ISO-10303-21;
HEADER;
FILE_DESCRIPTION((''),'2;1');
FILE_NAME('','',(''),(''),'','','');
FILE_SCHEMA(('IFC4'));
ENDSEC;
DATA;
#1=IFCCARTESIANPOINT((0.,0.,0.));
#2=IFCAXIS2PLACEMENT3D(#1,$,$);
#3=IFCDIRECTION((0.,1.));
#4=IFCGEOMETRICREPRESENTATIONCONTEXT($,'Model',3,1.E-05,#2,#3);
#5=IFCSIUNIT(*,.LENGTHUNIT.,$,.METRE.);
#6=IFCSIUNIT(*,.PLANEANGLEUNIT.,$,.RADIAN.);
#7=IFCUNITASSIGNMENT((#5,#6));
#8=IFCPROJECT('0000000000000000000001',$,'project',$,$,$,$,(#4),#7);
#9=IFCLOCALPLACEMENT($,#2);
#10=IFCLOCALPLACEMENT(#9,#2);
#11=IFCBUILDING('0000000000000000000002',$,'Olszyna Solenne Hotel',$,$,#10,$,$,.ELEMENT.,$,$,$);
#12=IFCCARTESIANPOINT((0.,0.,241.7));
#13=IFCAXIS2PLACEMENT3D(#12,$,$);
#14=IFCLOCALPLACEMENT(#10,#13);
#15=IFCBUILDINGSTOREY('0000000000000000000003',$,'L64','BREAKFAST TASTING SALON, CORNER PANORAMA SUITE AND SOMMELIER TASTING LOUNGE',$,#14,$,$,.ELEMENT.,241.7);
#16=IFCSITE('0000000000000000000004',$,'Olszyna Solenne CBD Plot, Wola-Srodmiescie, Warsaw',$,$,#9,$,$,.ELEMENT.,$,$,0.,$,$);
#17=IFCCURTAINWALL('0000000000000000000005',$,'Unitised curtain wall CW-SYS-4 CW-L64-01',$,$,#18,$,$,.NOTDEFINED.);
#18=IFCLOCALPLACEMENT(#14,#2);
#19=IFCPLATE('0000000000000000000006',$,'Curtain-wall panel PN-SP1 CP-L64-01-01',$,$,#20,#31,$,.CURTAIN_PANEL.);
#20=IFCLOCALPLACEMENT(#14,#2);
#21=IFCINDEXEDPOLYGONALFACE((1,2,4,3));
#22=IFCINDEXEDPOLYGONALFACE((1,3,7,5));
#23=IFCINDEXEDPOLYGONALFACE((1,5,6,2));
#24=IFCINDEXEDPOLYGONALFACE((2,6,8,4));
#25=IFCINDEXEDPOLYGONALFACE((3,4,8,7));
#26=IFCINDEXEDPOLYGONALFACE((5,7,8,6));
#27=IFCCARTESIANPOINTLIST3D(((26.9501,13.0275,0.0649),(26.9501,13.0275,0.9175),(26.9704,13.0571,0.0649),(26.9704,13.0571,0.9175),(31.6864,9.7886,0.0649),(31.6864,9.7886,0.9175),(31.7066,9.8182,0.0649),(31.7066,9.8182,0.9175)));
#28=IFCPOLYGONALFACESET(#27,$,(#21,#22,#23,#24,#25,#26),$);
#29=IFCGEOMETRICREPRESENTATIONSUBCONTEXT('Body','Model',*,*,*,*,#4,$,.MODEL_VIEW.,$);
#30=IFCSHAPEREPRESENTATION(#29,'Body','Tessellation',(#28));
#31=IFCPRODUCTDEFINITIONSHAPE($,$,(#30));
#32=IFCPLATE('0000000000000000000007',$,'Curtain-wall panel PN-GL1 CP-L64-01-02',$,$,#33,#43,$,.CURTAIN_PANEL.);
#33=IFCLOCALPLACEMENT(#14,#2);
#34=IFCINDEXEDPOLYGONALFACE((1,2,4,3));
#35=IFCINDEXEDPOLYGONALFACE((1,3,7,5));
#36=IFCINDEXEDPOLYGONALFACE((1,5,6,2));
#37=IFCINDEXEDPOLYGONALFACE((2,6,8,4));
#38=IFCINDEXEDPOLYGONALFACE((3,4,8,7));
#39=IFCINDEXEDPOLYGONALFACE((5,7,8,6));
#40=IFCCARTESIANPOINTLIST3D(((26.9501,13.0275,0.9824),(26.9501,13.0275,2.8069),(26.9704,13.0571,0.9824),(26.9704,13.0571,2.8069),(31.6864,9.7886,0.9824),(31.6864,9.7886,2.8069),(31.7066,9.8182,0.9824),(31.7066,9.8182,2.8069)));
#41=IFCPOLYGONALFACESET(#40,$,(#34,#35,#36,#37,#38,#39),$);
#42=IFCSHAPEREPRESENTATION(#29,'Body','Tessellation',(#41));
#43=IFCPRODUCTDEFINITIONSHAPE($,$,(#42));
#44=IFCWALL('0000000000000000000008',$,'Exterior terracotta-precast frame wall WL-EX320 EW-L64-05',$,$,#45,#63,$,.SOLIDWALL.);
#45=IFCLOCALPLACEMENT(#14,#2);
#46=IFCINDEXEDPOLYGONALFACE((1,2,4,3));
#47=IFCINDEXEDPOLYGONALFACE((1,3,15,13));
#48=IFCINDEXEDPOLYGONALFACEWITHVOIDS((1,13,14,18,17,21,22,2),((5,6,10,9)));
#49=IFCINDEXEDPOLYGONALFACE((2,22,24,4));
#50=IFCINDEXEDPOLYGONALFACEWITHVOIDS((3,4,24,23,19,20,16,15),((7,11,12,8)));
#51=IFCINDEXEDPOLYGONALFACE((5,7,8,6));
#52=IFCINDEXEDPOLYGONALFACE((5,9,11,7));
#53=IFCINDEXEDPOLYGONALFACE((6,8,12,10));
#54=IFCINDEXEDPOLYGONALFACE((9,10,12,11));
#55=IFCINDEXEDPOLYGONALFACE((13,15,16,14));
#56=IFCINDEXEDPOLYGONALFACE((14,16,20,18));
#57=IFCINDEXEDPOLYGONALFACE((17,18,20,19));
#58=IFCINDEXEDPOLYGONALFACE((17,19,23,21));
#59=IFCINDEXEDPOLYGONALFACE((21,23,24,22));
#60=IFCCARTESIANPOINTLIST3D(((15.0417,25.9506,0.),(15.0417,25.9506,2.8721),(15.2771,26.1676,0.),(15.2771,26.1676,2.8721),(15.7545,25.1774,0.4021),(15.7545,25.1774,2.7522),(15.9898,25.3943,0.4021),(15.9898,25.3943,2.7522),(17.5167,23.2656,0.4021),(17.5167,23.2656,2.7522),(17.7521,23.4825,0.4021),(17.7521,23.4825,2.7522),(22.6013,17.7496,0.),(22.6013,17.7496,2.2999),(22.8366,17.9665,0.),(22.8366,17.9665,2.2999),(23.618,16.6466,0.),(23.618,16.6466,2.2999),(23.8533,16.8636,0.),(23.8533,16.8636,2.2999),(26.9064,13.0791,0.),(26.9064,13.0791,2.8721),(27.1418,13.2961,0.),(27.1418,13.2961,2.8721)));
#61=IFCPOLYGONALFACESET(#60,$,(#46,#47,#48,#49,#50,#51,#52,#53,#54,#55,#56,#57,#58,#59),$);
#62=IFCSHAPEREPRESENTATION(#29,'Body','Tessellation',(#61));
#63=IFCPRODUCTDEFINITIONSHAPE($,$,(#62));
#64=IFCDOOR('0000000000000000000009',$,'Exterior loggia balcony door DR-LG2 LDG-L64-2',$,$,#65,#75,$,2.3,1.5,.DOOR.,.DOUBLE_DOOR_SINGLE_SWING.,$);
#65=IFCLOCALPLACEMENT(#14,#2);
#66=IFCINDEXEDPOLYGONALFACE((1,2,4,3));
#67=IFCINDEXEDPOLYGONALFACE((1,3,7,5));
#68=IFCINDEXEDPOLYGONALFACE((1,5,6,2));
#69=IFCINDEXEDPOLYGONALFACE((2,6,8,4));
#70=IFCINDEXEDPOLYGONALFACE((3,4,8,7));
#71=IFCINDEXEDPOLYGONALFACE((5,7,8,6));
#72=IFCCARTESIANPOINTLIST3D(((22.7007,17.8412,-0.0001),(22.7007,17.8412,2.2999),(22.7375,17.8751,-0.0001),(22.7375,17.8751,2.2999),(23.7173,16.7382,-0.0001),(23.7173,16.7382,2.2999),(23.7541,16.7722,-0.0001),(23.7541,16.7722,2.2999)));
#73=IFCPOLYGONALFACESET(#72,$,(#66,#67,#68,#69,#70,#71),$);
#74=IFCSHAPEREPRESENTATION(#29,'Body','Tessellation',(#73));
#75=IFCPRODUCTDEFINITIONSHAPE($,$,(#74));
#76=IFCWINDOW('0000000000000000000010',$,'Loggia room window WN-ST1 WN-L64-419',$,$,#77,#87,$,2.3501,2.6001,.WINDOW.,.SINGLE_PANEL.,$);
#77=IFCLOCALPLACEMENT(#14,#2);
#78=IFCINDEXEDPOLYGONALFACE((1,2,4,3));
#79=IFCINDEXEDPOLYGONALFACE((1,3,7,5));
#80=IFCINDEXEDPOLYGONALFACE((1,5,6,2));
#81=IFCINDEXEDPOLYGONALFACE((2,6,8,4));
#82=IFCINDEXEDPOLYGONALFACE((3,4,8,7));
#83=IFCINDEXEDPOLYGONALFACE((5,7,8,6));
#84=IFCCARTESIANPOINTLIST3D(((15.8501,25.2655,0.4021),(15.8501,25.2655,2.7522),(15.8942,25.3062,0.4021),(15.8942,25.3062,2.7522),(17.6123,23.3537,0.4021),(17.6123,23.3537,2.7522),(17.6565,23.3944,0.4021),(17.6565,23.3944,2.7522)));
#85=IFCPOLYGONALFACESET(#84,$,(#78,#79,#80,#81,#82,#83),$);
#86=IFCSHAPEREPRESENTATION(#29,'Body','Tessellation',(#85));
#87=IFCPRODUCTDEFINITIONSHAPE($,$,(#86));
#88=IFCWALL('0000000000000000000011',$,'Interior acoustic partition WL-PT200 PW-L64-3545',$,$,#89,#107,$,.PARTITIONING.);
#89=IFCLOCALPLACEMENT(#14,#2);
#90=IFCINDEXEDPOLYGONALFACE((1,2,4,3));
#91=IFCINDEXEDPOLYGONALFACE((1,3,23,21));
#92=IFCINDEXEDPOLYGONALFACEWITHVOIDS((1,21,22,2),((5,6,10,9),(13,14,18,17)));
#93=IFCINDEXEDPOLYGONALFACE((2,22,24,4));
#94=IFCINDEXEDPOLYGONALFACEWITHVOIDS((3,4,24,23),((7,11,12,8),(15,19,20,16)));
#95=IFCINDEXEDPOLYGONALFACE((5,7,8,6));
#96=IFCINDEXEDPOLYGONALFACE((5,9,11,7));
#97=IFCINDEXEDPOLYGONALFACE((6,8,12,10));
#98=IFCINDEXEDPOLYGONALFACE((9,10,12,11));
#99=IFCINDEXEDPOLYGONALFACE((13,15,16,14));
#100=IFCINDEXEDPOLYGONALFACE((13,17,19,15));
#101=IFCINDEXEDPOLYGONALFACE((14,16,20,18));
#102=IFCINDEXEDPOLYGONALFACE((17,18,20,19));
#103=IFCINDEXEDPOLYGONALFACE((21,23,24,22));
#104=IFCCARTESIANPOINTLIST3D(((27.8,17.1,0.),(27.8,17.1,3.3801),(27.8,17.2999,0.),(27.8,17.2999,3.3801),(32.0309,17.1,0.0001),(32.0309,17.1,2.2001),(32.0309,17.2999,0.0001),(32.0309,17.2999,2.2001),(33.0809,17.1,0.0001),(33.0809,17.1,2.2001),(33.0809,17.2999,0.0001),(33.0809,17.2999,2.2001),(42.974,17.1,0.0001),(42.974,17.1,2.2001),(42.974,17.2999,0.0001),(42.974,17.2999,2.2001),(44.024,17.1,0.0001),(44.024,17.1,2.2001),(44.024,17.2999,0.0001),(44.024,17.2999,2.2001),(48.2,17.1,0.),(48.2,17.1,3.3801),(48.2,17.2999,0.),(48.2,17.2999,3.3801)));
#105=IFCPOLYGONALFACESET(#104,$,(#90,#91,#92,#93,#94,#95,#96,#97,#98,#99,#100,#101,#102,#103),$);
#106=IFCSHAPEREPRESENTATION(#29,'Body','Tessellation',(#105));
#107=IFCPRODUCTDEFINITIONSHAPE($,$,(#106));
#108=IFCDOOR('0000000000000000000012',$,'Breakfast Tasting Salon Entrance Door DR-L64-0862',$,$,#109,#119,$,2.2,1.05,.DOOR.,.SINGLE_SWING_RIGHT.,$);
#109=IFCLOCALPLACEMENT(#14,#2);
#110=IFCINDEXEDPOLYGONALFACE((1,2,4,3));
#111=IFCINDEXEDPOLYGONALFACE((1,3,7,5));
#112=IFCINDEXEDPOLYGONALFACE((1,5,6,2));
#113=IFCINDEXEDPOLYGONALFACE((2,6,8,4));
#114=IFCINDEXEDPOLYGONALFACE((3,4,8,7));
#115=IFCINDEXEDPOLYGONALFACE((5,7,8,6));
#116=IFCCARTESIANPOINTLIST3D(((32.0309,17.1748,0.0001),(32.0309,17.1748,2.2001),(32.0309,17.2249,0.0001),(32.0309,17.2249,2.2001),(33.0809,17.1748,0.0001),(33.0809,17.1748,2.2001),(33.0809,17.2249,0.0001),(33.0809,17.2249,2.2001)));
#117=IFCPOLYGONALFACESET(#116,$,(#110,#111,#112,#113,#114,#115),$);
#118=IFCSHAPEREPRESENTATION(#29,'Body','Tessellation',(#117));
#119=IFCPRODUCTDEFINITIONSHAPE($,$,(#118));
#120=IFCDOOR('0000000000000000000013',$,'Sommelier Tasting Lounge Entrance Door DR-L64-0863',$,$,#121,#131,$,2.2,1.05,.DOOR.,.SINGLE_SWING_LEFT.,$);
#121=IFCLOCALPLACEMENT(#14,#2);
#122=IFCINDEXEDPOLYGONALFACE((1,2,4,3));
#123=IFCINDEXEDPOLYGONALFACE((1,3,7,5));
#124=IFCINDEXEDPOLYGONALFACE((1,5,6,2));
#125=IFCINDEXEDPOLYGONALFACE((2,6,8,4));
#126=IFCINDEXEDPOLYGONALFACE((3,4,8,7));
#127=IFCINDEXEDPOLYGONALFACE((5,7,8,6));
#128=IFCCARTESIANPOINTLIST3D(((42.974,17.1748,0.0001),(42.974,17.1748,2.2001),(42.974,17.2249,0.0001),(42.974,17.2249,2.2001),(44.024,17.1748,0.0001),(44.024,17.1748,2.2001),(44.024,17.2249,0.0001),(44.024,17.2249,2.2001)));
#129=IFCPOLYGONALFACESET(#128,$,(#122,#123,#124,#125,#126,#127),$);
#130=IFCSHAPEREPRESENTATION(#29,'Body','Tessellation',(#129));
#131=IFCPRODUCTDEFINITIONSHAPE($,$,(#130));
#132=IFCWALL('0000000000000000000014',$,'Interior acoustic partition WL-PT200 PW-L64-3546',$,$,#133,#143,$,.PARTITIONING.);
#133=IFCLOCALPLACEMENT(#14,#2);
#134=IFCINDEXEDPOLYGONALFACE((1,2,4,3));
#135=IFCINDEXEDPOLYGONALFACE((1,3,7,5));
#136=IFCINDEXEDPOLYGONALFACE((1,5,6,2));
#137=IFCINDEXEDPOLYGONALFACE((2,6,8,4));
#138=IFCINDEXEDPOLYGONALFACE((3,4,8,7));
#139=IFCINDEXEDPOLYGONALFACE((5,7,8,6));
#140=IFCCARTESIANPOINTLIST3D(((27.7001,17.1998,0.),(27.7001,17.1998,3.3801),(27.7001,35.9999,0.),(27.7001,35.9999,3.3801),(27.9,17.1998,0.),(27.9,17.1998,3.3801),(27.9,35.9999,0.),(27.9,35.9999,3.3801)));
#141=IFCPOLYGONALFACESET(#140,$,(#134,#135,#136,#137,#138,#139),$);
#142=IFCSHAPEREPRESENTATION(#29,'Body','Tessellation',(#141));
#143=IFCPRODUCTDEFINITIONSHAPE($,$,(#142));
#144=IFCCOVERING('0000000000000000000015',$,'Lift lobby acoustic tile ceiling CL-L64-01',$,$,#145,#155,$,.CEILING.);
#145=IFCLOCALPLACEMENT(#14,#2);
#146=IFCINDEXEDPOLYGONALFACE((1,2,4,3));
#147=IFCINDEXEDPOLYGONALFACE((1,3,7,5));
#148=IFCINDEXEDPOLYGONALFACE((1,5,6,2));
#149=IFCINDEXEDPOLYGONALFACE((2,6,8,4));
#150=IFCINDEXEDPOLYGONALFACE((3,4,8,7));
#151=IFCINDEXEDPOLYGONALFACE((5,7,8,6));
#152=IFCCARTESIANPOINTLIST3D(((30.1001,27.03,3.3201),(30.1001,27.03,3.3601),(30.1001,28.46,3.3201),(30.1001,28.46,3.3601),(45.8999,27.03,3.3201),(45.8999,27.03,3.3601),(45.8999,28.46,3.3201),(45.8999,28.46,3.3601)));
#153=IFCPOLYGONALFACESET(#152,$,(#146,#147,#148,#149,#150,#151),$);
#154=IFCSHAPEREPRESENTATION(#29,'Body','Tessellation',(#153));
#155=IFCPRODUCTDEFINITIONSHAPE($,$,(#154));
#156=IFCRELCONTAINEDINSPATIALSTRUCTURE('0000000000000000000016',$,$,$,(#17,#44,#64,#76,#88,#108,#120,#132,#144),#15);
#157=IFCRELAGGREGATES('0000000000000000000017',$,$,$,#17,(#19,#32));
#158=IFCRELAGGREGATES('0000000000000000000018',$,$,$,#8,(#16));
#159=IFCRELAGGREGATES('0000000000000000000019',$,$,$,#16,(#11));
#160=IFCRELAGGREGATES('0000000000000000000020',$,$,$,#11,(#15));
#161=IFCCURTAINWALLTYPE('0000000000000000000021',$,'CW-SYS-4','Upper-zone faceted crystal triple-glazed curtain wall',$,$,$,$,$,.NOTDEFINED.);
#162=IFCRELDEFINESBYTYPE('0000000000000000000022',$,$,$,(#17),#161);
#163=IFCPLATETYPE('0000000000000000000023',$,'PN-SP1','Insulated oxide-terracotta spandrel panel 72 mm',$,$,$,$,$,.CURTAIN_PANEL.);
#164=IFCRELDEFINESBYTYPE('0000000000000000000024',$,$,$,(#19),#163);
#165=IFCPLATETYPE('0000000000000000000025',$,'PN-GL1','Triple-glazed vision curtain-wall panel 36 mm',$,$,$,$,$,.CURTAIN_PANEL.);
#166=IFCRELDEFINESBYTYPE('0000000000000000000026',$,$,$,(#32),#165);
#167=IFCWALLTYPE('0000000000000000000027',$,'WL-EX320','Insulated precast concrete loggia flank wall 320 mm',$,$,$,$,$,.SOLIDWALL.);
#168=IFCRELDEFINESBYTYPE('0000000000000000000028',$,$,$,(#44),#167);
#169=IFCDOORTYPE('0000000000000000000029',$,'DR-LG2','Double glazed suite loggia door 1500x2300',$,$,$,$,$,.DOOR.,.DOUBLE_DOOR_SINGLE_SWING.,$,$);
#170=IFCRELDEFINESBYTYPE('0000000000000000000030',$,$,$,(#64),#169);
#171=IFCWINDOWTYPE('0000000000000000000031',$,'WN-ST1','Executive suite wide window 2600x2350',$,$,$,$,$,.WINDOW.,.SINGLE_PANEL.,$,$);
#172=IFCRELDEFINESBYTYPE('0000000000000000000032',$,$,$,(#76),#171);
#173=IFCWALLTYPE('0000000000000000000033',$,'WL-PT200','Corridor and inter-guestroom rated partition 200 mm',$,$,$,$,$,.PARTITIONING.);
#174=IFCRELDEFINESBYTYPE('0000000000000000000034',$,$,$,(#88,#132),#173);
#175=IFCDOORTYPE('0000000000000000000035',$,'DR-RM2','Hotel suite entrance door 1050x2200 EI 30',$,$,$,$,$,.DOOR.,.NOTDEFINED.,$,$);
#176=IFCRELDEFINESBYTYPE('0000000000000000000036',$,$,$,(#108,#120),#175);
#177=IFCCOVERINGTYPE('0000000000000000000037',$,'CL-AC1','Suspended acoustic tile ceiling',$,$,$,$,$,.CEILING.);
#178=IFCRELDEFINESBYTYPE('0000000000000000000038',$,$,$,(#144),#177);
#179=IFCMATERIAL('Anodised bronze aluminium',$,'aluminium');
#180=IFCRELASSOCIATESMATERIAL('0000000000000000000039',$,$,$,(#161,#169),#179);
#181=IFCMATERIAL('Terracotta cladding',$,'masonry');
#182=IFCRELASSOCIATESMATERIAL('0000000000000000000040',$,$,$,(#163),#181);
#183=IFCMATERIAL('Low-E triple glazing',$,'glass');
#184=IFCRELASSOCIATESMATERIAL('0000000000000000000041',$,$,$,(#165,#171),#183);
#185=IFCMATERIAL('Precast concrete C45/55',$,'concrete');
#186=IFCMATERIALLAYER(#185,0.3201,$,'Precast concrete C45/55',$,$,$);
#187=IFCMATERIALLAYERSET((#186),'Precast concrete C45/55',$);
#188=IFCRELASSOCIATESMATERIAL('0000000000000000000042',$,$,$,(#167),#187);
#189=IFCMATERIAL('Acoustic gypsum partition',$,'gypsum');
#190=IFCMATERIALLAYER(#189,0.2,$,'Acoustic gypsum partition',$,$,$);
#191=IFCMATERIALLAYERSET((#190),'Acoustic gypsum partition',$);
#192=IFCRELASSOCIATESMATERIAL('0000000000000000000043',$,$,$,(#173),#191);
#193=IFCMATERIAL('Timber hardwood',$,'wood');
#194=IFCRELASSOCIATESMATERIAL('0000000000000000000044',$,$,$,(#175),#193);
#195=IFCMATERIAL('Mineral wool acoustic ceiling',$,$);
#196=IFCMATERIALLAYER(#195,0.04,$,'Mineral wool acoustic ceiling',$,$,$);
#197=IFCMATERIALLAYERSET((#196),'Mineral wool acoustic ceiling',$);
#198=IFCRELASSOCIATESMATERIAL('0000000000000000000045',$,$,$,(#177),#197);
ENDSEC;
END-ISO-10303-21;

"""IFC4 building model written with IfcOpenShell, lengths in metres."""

from ifc_helpers import new_model, si_unit, direction, frame, frame_2d, origin, origin_2d, place, context, subcontext, project, spatial, polyline, rectangle, outline, extrude, source, transform, mapped, material, layer, layer_set, type_object, type_shapes, element, fill, aggregate, save


model = new_model("IFC4")

# Units and contexts
model_context = context("Model", 3, precision=1e-05, world=origin(), true_north=direction((0.0, 1.0)))
body_context = subcontext(model_context, "Body", "Model", "MODEL_VIEW")
ifc_project = project(units=[si_unit("LENGTHUNIT", "METRE"), si_unit("PLANEANGLEUNIT", "RADIAN")], contexts=[model_context])

# Site, building, storey
site_placement = place(None, origin())
site = spatial("IfcSite", under=ifc_project, at=site_placement, Name="Olszyna Solenne CBD Plot, Wola-Srodmiescie, Warsaw", CompositionType="ELEMENT", RefElevation=0.0)
building_placement = place(site_placement, origin())
building = spatial("IfcBuilding", under=site, at=building_placement, Name="Olszyna Solenne Hotel", CompositionType="ELEMENT")
storey_placement = place(building_placement, frame((0.0, 0.0, 241.7)))
storey = spatial("IfcBuildingStorey", under=building, at=storey_placement, Name="L64", Description="BREAKFAST TASTING SALON, CORNER PANORAMA SUITE AND SOMMELIER TASTING LOUNGE", CompositionType="ELEMENT", Elevation=241.7)

# Curtain wall
ifc_material_1 = material(Name="Anodised bronze aluminium", Category="aluminium")
curtain_wall_type = type_object("IfcCurtainWallType", Name="CW-SYS-4", Description="Upper-zone faceted crystal triple-glazed curtain wall", PredefinedType="NOTDEFINED", material=ifc_material_1)
curtain_wall_placement = place(storey_placement, origin())
curtain_wall = element("IfcCurtainWall", 1, at=curtain_wall_placement, inside=storey, type_object=curtain_wall_type, Name="Unitised curtain wall CW-SYS-4 CW-L64-01", PredefinedType="NOTDEFINED")

# Shared definitions
ifc_material_2 = material(Name="Precast concrete C45/55", Category="concrete")

# Plates
ifc_material_3 = material(Name="Terracotta cladding", Category="masonry")
plate_type_1 = type_object("IfcPlateType", Name="PN-SP1", Description="Insulated oxide-terracotta spandrel panel 72 mm", PredefinedType="CURTAIN_PANEL", material=ifc_material_3)
shared_shape_1 = source(origin(), body_context, "Body", "SweptSolid", [
    extrude(rectangle(XDim=5.7378, YDim=0.0359, at=origin_2d()), origin(), (0.0, 0.0, 1.0), 0.8525),
])
plate_1_placement = place(storey_placement, frame((29.3284, 11.4229, 0.0649), z_axis=(0.0, 0.0, 1.0), x_axis=(0.825447, -0.56448, 0.0)))
plate_1 = element("IfcPlate", 2, at=plate_1_placement, type_object=plate_type_1, Name="Curtain-wall panel PN-SP1 CP-L64-01-01", PredefinedType="CURTAIN_PANEL", context=body_context, shape_type="MappedRepresentation", body=[
    mapped(shared_shape_1, transform((0.0, 0.0, 0.0), x_axis=(1.0, 0.0, 0.0), y_axis=(0.0, 1.0, 0.0), z_axis=(0.0, 0.0, 1.0), scale=1.0)),
])
ifc_material_4 = material(Name="Low-E triple glazing", Category="glass")
plate_type_2 = type_object("IfcPlateType", Name="PN-GL1", Description="Triple-glazed vision curtain-wall panel 36 mm", PredefinedType="CURTAIN_PANEL", material=ifc_material_4)
shared_shape_2 = source(origin(), body_context, "Body", "SweptSolid", [
    extrude(rectangle(XDim=5.7378, YDim=0.0359, at=origin_2d()), origin(), (0.0, 0.0, 1.0), 1.8245),
])
plate_2_placement = place(storey_placement, frame((29.3284, 11.4229, 0.9824), z_axis=(0.0, 0.0, 1.0), x_axis=(0.825447, -0.56448, 0.0)))
plate_2 = element("IfcPlate", 3, at=plate_2_placement, type_object=plate_type_2, Name="Curtain-wall panel PN-GL1 CP-L64-01-02", PredefinedType="CURTAIN_PANEL", context=body_context, shape_type="MappedRepresentation", body=[
    mapped(shared_shape_2, transform((0.0, 0.0, 0.0), x_axis=(1.0, 0.0, 0.0), y_axis=(0.0, 1.0, 0.0), z_axis=(0.0, 0.0, 1.0), scale=1.0)),
])
aggregate(curtain_wall, [plate_1, plate_2])

# Wall, openings, door, window
ifc_layer_1 = layer(ifc_material_2, 0.3201, Name="Precast concrete C45/55")
ifc_layer_set_1 = layer_set([ifc_layer_1], Name="Precast concrete C45/55")
wall_type_1 = type_object("IfcWallType", Name="WL-EX320", Description="Insulated precast concrete loggia flank wall 320 mm", PredefinedType="SOLIDWALL", material=ifc_layer_set_1)
wall_1_placement = place(storey_placement, frame((27.0242, 13.1875, 0.0), z_axis=(0.0, 0.0, 1.0), x_axis=(-0.677764, 0.735279, 0.0)))
wall_1 = element("IfcWall", 4, at=wall_1_placement, inside=storey, type_object=wall_type_1, Name="Exterior terracotta-precast frame wall WL-EX320 EW-L64-05", PredefinedType="SOLIDWALL", context=body_context, shape_type="SweptSolid", body=[
    extrude(rectangle(XDim=17.5056, YDim=0.3201, at=frame_2d((8.7529, 0.0))), origin(), (0.0, 0.0, 1.0), 2.8721),
])
opening_1_placement = place(wall_1_placement, frame((4.8521, 0.0, 0.0)))
opening_1 = element("IfcOpeningElement", 5, at=opening_1_placement, cuts=wall_1, PredefinedType="OPENING", context=body_context, shape_type="SweptSolid", body=[
    extrude(rectangle(XDim=1.5, YDim=2.3, at=frame_2d((0.75, 1.1499))), frame((0.0, 0.1699, 0.0), z_axis=(0.0, -1.0, 0.0), x_axis=(1.0, 0.0, 0.0)), (0.0, 0.0, 1.0), 0.3401),
])
opening_2_placement = place(wall_1_placement, frame((13.854, 0.0, 0.4021)))
opening_2 = element("IfcOpeningElement", 6, at=opening_2_placement, cuts=wall_1, PredefinedType="OPENING", context=body_context, shape_type="SweptSolid", body=[
    extrude(rectangle(XDim=2.6001, YDim=2.3501, at=frame_2d((1.3, 1.175))), frame((0.0, 0.1699, 0.0), z_axis=(0.0, -1.0, 0.0), x_axis=(1.0, 0.0, 0.0)), (0.0, 0.0, 1.0), 0.3401),
])
door_type_1 = type_object("IfcDoorType", Name="DR-LG2", Description="Double glazed suite loggia door 1500x2300", OperationType="DOUBLE_DOOR_SINGLE_SWING", PredefinedType="DOOR", material=ifc_material_1)
shared_shape_3 = source(origin(), body_context, "Body", "SweptSolid", [
    extrude(rectangle(XDim=1.5, YDim=2.3, at=frame_2d((0.75, 1.1499))), frame((0.0, 0.0249, 0.0), z_axis=(0.0, -1.0, 0.0), x_axis=(1.0, 0.0, 0.0)), (0.0, 0.0, 1.0), 0.05),
])
type_shapes(door_type_1, [shared_shape_3])
door_1_placement = place(opening_1_placement, origin())
door_1 = element("IfcDoor", 7, at=door_1_placement, inside=storey, type_object=door_type_1, Name="Exterior loggia balcony door DR-LG2 LDG-L64-2", OperationType="DOUBLE_DOOR_SINGLE_SWING", OverallHeight=2.3, OverallWidth=1.5, PredefinedType="DOOR", context=body_context, shape_type="MappedRepresentation", body=[
    mapped(shared_shape_3, transform((0.0, 0.0, 0.0), x_axis=(1.0, 0.0, 0.0), y_axis=(0.0, 1.0, 0.0), z_axis=(0.0, 0.0, 1.0), scale=1.0)),
])
fill(opening_1, door_1)
window_type = type_object("IfcWindowType", Name="WN-ST1", Description="Executive suite wide window 2600x2350", PartitioningType="SINGLE_PANEL", PredefinedType="WINDOW", material=ifc_material_4)
shared_shape_4 = source(origin(), body_context, "Body", "SweptSolid", [
    extrude(rectangle(XDim=2.6001, YDim=2.3501, at=frame_2d((1.3, 1.175))), frame((0.0, 0.03, 0.0), z_axis=(0.0, -1.0, 0.0), x_axis=(1.0, 0.0, 0.0)), (0.0, 0.0, 1.0), 0.0601),
])
type_shapes(window_type, [shared_shape_4])
window_placement = place(opening_2_placement, origin())
window = element("IfcWindow", 8, at=window_placement, inside=storey, type_object=window_type, Name="Loggia room window WN-ST1 WN-L64-419", OverallHeight=2.3501, OverallWidth=2.6001, PartitioningType="SINGLE_PANEL", PredefinedType="WINDOW", context=body_context, shape_type="MappedRepresentation", body=[
    mapped(shared_shape_4, transform((0.0, 0.0, 0.0), x_axis=(1.0, 0.0, 0.0), y_axis=(0.0, 1.0, 0.0), z_axis=(0.0, 0.0, 1.0), scale=1.0)),
])
fill(opening_2, window)

# Wall, openings, doors
ifc_material_5 = material(Name="Acoustic gypsum partition", Category="gypsum")
ifc_layer_2 = layer(ifc_material_5, 0.2, Name="Acoustic gypsum partition")
ifc_layer_set_2 = layer_set([ifc_layer_2], Name="Acoustic gypsum partition")
wall_type_2 = type_object("IfcWallType", Name="WL-PT200", Description="Corridor and inter-guestroom rated partition 200 mm", PredefinedType="PARTITIONING", material=ifc_layer_set_2)
wall_2_placement = place(storey_placement, frame((27.8, 17.2, 0.0), z_axis=(0.0, 0.0, 1.0), x_axis=(1.0, 0.0, 0.0)))
wall_2 = element("IfcWall", 9, at=wall_2_placement, inside=storey, type_object=wall_type_2, Name="Interior acoustic partition WL-PT200 PW-L64-3545", PredefinedType="PARTITIONING", context=body_context, shape_type="SweptSolid", body=[
    extrude(rectangle(XDim=20.3999, YDim=0.2, at=frame_2d((10.2, 0.0))), origin(), (0.0, 0.0, 1.0), 3.3801),
])
opening_3_placement = place(wall_2_placement, frame((4.231, 0.0, 0.0)))
opening_3 = element("IfcOpeningElement", 10, at=opening_3_placement, cuts=wall_2, PredefinedType="OPENING", context=body_context, shape_type="SweptSolid", body=[
    extrude(rectangle(XDim=1.05, YDim=2.2, at=frame_2d((0.5249, 1.1001))), frame((0.0, 0.1099, 0.0), z_axis=(0.0, -1.0, 0.0), x_axis=(1.0, 0.0, 0.0)), (0.0, 0.0, 1.0), 0.22),
])
opening_4_placement = place(wall_2_placement, frame((15.1741, 0.0, 0.0)))
opening_4 = element("IfcOpeningElement", 11, at=opening_4_placement, cuts=wall_2, PredefinedType="OPENING", context=body_context, shape_type="SweptSolid", body=[
    extrude(rectangle(XDim=1.05, YDim=2.2, at=frame_2d((0.5249, 1.1001))), frame((0.0, 0.1099, 0.0), z_axis=(0.0, -1.0, 0.0), x_axis=(1.0, 0.0, 0.0)), (0.0, 0.0, 1.0), 0.22),
])
ifc_material_6 = material(Name="Timber hardwood", Category="wood")
door_type_2 = type_object("IfcDoorType", Name="DR-RM2", Description="Hotel suite entrance door 1050x2200 EI 30", OperationType="NOTDEFINED", PredefinedType="DOOR", material=ifc_material_6)
shared_shape_5 = source(origin(), body_context, "Body", "SweptSolid", [
    extrude(rectangle(XDim=1.05, YDim=2.2, at=frame_2d((0.5249, 1.1001))), frame((0.0, 0.0249, 0.0), z_axis=(0.0, -1.0, 0.0), x_axis=(1.0, 0.0, 0.0)), (0.0, 0.0, 1.0), 0.05),
])
type_shapes(door_type_2, [shared_shape_5])
door_2_placement = place(opening_3_placement, origin())
door_2 = element("IfcDoor", 12, at=door_2_placement, inside=storey, type_object=door_type_2, Name="Breakfast Tasting Salon Entrance Door DR-L64-0862", OperationType="SINGLE_SWING_RIGHT", OverallHeight=2.2, OverallWidth=1.05, PredefinedType="DOOR", context=body_context, shape_type="MappedRepresentation", body=[
    mapped(shared_shape_5, transform((0.0, 0.0, 0.0), x_axis=(1.0, 0.0, 0.0), y_axis=(0.0, 1.0, 0.0), z_axis=(0.0, 0.0, 1.0), scale=1.0)),
])
fill(opening_3, door_2)
door_3_placement = place(opening_4_placement, origin())
door_3 = element("IfcDoor", 13, at=door_3_placement, inside=storey, type_object=door_type_2, Name="Sommelier Tasting Lounge Entrance Door DR-L64-0863", OperationType="SINGLE_SWING_LEFT", OverallHeight=2.2, OverallWidth=1.05, PredefinedType="DOOR", context=body_context, shape_type="MappedRepresentation", body=[
    mapped(shared_shape_5, transform((0.0, 0.0, 0.0), x_axis=(1.0, 0.0, 0.0), y_axis=(0.0, 1.0, 0.0), z_axis=(0.0, 0.0, 1.0), scale=1.0)),
])
fill(opening_4, door_3)

# Wall
wall_3_placement = place(storey_placement, frame((27.8, 17.2, 0.0), z_axis=(0.0, 0.0, 1.0), x_axis=(0.0, 1.0, 0.0)))
element("IfcWall", 14, at=wall_3_placement, inside=storey, type_object=wall_type_2, Name="Interior acoustic partition WL-PT200 PW-L64-3546", PredefinedType="PARTITIONING", context=body_context, shape_type="SweptSolid", body=[
    extrude(rectangle(XDim=18.8, YDim=0.2, at=frame_2d((9.3999, 0.0))), origin(), (0.0, 0.0, 1.0), 3.3801),
])

# Covering
ifc_material_7 = material(Name="Mineral wool acoustic ceiling")
ifc_layer_3 = layer(ifc_material_7, 0.04, Name="Mineral wool acoustic ceiling")
ifc_layer_set_3 = layer_set([ifc_layer_3], Name="Mineral wool acoustic ceiling")
covering_type_1 = type_object("IfcCoveringType", Name="CL-AC1", Description="Suspended acoustic tile ceiling", PredefinedType="CEILING", material=ifc_layer_set_3)
covering_1_placement = place(storey_placement, frame((0.0, 0.0, 3.3201)))
element("IfcCovering", 15, at=covering_1_placement, inside=storey, type_object=covering_type_1, Name="Lift lobby acoustic tile ceiling CL-L64-01", PredefinedType="CEILING", context=body_context, shape_type="SweptSolid", body=[
    extrude(outline(polyline([(30.1001, 27.03), (45.8999, 27.03), (45.8999, 28.46), (30.1001, 28.46), (30.1001, 27.03)])), origin(), (0.0, 0.0, 1.0), 0.04),
])

save(model, "model.ifc")
